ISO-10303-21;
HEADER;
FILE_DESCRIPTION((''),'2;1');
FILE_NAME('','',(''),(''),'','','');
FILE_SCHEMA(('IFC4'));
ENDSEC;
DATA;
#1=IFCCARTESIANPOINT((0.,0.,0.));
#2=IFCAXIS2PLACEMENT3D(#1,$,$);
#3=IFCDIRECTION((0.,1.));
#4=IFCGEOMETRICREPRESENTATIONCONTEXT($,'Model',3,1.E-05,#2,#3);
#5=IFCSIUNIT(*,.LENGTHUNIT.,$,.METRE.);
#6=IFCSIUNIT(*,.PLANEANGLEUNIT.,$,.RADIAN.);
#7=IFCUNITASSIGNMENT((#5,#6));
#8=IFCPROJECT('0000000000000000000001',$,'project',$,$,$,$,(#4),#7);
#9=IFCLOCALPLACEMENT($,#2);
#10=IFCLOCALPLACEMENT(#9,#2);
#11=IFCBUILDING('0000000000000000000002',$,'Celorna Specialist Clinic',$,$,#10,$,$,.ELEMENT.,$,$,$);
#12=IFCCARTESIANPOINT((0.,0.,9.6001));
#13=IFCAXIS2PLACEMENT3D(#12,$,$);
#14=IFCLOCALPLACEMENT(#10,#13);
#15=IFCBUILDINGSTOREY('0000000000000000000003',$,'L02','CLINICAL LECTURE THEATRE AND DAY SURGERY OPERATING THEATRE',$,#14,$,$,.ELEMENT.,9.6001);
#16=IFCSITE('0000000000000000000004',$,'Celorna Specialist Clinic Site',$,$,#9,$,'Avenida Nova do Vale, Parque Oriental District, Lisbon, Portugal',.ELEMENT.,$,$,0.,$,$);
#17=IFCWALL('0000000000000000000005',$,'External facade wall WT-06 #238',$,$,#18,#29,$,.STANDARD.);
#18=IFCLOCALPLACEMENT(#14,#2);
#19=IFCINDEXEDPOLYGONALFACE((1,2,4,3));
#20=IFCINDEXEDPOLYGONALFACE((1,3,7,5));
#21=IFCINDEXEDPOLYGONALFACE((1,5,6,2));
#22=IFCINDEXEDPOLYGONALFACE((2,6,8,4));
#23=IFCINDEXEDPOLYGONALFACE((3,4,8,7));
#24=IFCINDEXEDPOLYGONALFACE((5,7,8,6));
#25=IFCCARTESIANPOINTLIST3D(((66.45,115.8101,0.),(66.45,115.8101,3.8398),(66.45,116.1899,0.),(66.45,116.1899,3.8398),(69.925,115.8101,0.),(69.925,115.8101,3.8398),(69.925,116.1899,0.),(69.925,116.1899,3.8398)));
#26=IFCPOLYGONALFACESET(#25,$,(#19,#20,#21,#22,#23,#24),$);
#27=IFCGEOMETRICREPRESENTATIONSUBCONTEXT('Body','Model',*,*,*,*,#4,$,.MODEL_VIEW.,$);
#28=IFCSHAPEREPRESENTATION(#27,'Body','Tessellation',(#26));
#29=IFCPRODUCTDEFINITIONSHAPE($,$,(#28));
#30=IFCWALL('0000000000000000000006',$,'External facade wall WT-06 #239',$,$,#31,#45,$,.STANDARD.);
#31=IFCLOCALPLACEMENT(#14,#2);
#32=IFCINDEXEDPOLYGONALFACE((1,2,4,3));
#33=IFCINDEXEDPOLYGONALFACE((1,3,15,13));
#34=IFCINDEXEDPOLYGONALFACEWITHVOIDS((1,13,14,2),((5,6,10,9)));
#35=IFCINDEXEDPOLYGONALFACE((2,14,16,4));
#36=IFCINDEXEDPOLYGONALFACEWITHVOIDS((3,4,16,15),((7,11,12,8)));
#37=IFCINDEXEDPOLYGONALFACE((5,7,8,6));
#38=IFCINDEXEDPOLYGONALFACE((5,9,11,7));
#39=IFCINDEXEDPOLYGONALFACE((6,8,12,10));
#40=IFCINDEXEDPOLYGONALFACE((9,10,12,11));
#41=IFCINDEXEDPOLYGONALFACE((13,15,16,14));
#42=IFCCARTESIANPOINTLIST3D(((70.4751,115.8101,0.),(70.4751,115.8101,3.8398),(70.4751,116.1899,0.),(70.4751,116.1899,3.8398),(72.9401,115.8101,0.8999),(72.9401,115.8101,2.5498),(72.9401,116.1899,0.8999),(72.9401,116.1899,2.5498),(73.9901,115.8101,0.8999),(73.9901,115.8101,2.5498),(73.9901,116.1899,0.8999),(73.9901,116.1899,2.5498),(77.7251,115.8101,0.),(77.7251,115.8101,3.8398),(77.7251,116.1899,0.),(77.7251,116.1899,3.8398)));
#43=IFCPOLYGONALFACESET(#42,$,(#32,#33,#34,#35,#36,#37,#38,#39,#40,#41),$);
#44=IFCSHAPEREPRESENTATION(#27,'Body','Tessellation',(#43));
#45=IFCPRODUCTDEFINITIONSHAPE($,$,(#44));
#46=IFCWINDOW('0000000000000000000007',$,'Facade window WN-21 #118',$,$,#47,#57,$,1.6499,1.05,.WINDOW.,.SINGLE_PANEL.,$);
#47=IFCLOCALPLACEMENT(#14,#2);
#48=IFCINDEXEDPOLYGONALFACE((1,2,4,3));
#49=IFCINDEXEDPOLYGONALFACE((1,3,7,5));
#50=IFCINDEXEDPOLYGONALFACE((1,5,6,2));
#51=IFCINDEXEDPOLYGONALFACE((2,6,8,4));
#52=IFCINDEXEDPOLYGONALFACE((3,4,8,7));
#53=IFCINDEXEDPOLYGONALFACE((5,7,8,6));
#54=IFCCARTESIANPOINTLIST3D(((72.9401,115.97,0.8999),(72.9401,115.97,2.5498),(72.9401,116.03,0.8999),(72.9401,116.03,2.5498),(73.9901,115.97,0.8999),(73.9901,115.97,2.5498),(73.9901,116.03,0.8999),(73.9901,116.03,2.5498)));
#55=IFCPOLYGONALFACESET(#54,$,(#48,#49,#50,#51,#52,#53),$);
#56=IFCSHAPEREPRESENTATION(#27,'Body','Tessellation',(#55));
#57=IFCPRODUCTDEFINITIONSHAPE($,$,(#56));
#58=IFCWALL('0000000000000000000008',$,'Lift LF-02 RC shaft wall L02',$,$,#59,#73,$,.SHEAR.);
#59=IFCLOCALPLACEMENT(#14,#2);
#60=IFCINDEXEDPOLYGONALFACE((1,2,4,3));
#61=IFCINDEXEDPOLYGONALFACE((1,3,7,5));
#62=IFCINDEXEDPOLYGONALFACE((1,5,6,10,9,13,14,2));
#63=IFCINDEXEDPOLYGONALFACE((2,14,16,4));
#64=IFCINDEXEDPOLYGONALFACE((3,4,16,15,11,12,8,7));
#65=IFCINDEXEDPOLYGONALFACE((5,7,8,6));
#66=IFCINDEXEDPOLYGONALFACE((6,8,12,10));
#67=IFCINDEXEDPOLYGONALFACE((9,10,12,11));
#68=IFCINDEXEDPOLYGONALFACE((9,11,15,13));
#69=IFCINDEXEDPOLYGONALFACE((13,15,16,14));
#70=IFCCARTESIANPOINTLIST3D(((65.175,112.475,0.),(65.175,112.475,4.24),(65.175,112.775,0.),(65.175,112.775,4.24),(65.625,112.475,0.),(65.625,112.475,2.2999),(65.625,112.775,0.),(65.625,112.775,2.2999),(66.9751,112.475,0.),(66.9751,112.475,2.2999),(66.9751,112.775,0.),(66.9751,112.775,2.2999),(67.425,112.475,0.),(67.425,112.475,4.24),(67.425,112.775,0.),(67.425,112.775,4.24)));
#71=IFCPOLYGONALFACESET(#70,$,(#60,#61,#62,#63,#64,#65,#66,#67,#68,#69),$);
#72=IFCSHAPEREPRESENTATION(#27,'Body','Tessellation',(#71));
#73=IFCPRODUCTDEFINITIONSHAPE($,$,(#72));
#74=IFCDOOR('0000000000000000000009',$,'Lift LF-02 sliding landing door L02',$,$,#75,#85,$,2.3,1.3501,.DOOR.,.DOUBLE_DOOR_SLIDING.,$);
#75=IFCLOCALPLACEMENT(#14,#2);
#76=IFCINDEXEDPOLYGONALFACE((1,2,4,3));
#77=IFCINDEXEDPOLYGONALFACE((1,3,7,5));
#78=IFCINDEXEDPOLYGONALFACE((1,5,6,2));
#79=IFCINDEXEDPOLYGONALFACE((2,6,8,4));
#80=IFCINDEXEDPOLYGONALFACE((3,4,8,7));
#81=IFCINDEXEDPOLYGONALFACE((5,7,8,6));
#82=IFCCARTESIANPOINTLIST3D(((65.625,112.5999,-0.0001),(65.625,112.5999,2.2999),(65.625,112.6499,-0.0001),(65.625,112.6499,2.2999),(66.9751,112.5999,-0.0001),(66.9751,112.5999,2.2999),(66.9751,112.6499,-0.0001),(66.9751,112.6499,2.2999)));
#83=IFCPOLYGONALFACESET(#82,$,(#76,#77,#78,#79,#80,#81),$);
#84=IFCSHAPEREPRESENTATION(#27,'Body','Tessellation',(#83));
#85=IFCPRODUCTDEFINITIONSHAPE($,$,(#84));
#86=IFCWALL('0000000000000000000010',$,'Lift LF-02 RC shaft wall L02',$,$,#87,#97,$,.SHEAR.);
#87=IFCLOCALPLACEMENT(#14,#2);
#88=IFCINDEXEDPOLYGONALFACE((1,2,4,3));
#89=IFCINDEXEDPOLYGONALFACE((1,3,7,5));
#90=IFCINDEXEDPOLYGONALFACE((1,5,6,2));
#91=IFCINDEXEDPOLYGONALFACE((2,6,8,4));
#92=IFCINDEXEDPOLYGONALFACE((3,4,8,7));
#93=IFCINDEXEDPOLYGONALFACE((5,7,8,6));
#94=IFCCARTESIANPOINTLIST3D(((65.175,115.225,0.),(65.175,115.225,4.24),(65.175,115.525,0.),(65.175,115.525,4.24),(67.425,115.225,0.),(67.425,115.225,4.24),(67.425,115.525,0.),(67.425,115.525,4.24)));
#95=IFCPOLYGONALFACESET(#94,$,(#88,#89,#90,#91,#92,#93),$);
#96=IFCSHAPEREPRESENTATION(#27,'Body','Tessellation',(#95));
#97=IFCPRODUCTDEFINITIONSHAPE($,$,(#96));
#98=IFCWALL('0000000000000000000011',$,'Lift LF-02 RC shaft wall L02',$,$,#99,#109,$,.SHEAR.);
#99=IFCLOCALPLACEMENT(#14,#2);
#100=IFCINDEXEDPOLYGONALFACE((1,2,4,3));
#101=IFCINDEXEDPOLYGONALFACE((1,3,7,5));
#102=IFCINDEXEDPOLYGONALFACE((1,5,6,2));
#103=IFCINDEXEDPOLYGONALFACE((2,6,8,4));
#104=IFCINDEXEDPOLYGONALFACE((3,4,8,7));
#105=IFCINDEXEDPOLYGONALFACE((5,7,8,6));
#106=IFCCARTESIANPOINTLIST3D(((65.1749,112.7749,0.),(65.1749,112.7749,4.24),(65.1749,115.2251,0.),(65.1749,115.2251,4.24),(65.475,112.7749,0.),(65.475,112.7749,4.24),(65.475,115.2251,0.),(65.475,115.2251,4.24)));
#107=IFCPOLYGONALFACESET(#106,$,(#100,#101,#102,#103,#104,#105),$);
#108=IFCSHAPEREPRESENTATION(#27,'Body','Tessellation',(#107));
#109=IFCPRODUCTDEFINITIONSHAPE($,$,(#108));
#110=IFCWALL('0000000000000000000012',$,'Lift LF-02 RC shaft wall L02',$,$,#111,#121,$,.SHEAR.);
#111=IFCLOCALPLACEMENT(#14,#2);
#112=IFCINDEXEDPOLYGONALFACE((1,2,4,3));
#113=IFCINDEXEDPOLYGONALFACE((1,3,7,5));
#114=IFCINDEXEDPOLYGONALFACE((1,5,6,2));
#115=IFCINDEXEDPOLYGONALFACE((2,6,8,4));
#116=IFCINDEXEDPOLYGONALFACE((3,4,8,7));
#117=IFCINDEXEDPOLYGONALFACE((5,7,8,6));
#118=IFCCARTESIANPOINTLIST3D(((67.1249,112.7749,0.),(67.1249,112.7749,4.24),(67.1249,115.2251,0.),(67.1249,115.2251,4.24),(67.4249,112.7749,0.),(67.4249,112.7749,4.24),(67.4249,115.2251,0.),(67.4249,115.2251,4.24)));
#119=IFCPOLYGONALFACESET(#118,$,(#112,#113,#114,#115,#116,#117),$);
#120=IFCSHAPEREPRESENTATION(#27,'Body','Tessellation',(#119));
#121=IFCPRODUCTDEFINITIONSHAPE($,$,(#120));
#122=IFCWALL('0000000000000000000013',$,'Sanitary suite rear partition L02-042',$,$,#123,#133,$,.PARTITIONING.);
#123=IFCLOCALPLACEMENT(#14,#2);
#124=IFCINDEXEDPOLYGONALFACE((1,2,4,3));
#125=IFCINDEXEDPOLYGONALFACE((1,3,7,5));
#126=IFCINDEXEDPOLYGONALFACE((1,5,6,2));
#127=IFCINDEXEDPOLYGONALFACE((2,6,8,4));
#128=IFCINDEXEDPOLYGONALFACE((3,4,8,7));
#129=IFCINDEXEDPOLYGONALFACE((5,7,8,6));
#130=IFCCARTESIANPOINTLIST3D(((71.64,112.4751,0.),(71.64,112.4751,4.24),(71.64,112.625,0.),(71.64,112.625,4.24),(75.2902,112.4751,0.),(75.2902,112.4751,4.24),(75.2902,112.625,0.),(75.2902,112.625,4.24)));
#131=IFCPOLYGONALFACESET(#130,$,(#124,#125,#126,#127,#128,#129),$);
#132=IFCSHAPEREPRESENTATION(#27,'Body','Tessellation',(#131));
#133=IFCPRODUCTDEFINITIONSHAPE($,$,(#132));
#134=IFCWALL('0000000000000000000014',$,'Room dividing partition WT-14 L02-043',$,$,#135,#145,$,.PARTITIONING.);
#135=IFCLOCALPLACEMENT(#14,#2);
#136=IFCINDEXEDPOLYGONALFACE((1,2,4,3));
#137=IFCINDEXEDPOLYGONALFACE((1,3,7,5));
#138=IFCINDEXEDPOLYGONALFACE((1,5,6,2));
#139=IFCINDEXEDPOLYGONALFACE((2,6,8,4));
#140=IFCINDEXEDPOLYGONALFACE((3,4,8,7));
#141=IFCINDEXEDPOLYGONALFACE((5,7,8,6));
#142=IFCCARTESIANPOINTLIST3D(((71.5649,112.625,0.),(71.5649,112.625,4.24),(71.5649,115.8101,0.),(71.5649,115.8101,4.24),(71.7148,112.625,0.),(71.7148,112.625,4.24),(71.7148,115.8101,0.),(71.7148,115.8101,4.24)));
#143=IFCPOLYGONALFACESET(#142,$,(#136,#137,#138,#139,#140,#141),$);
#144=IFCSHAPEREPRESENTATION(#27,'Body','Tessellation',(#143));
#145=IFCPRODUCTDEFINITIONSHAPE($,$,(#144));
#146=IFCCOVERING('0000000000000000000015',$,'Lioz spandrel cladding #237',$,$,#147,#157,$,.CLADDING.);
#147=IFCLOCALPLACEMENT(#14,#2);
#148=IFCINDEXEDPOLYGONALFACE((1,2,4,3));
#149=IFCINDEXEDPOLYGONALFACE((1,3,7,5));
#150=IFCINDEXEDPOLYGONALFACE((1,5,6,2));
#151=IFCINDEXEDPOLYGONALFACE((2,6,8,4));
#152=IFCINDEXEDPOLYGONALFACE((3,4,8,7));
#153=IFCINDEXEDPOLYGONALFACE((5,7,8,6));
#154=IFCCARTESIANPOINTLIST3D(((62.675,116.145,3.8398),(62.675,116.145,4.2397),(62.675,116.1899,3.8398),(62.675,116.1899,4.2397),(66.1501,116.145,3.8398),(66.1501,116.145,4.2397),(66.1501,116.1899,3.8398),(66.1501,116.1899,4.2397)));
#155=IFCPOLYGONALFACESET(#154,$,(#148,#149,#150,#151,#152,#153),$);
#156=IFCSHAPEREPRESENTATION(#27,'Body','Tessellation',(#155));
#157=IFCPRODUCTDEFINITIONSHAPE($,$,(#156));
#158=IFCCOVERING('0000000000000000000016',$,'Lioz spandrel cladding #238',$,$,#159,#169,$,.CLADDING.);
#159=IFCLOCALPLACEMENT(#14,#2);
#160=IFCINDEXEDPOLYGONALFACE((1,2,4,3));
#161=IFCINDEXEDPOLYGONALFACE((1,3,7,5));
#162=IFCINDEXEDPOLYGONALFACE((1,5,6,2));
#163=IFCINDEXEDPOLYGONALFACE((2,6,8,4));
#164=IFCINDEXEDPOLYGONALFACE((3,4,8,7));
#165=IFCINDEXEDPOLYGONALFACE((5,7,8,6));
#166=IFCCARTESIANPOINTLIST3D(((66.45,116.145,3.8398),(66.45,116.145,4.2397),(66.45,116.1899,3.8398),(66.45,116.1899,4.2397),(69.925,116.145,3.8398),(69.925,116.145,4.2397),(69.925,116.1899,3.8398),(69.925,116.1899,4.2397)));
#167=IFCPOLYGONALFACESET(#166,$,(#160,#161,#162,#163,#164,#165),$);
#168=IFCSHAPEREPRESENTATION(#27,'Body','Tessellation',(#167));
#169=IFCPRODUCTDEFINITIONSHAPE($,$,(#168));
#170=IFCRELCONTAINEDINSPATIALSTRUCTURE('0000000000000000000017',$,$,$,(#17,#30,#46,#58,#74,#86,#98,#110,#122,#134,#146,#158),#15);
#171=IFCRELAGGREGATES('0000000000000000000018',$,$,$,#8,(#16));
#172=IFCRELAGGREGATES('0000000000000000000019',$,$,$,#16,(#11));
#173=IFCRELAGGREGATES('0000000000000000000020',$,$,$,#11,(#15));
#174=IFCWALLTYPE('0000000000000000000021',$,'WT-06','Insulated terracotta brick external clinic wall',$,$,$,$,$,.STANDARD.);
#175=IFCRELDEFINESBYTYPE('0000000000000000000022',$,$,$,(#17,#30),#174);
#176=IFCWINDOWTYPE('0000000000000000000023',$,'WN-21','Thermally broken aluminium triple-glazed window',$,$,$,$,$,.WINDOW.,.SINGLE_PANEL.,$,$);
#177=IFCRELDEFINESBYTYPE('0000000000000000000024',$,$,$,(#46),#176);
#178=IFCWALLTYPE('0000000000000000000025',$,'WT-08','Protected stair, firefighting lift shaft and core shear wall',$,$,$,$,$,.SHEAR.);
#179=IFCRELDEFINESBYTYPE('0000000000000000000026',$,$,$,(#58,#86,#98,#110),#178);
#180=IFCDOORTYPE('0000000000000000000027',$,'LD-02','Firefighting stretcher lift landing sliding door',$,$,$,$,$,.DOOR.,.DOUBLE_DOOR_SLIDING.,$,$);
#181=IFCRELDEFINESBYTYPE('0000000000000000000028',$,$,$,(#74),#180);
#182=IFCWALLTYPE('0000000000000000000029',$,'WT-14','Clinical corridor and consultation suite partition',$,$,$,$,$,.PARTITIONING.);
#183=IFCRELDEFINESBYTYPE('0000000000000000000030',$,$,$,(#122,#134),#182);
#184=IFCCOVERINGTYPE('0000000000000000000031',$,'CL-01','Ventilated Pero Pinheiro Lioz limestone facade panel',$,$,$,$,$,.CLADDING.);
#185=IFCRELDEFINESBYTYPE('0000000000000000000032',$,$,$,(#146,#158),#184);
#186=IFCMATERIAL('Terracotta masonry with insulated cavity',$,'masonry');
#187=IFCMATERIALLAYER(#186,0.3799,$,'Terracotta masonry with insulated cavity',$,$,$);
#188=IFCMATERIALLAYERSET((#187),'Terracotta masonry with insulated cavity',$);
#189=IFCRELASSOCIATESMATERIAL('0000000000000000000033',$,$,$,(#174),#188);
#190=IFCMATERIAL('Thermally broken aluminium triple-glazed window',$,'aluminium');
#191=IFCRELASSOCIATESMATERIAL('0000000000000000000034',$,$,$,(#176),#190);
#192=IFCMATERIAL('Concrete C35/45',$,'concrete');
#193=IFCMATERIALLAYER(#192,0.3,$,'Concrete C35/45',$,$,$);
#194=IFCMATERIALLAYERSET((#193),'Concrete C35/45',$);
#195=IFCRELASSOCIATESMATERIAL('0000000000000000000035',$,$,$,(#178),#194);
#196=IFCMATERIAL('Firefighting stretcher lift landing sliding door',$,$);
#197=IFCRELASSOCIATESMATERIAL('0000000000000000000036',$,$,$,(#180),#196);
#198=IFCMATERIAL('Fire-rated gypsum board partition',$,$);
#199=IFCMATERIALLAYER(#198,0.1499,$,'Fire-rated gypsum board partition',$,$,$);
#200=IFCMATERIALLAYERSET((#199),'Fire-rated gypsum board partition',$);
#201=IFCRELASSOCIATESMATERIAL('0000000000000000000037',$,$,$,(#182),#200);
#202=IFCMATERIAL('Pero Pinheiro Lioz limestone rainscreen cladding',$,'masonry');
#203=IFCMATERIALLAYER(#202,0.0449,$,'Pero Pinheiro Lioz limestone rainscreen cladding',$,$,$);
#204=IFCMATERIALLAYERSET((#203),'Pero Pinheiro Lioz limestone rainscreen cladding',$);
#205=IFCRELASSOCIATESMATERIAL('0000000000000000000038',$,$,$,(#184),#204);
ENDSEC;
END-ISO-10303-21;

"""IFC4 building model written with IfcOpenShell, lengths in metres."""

from ifc_helpers import new_model, si_unit, direction, frame, frame_2d, origin, origin_2d, place, context, subcontext, project, spatial, rectangle, extrude, material, layer, layer_set, type_object, element, fill, save


model = new_model("IFC4")

# Units and contexts
model_context = context("Model", 3, precision=1e-05, world=origin(), true_north=direction((0.0, 1.0)))
body_context = subcontext(model_context, "Body", "Model", "MODEL_VIEW")
ifc_project = project(units=[si_unit("LENGTHUNIT", "METRE"), si_unit("PLANEANGLEUNIT", "RADIAN")], contexts=[model_context])

# Site, building, storey
site_placement = place(None, origin())
site = spatial("IfcSite", under=ifc_project, at=site_placement, Name="Celorna Specialist Clinic Site", LongName="Avenida Nova do Vale, Parque Oriental District, Lisbon, Portugal", CompositionType="ELEMENT", RefElevation=0.0)
building_placement = place(site_placement, origin())
building = spatial("IfcBuilding", under=site, at=building_placement, Name="Celorna Specialist Clinic", CompositionType="ELEMENT")
storey_placement = place(building_placement, frame((0.0, 0.0, 9.6001)))
storey = spatial("IfcBuildingStorey", under=building, at=storey_placement, Name="L02", Description="CLINICAL LECTURE THEATRE AND DAY SURGERY OPERATING THEATRE", CompositionType="ELEMENT", Elevation=9.6001)

# Shared definitions
ifc_material_1 = material(Name="Concrete C35/45", Category="concrete")

# Wall
ifc_material_2 = material(Name="Terracotta masonry with insulated cavity", Category="masonry")
ifc_layer_1 = layer(ifc_material_2, 0.3799, Name="Terracotta masonry with insulated cavity")
ifc_layer_set_1 = layer_set([ifc_layer_1], Name="Terracotta masonry with insulated cavity")
wall_type_1 = type_object("IfcWallType", Name="WT-06", Description="Insulated terracotta brick external clinic wall", PredefinedType="STANDARD", material=ifc_layer_set_1)
wall_1_placement = place(storey_placement, frame((66.45, 116.0, 0.0), z_axis=(0.0, 0.0, 1.0), x_axis=(1.0, 0.0, 0.0)))
element("IfcWall", 1, at=wall_1_placement, inside=storey, type_object=wall_type_1, Name="External facade wall WT-06 #238", PredefinedType="STANDARD", context=body_context, shape_type="SweptSolid", body=[
    extrude(rectangle(XDim=3.4751, YDim=0.3799, at=frame_2d((1.7375, 0.0))), origin(), (0.0, 0.0, 1.0), 3.8398),
])

# Wall, opening, window
wall_2_placement = place(storey_placement, frame((70.4751, 116.0, 0.0), z_axis=(0.0, 0.0, 1.0), x_axis=(1.0, 0.0, 0.0)))
wall_2 = element("IfcWall", 2, at=wall_2_placement, inside=storey, type_object=wall_type_1, Name="External facade wall WT-06 #239", PredefinedType="STANDARD", context=body_context, shape_type="SweptSolid", body=[
    extrude(rectangle(XDim=7.25, YDim=0.3799, at=frame_2d((3.625, 0.0))), origin(), (0.0, 0.0, 1.0), 3.8398),
])
opening_1_placement = place(wall_2_placement, frame((2.4651, 0.0, 0.8999)))
opening_1 = element("IfcOpeningElement", 3, at=opening_1_placement, cuts=wall_2, PredefinedType="OPENING", context=body_context, shape_type="SweptSolid", body=[
    extrude(rectangle(XDim=1.05, YDim=1.6499, at=frame_2d((0.5249, 0.825))), frame((0.0, 0.2, 0.0), z_axis=(0.0, -1.0, 0.0), x_axis=(1.0, 0.0, 0.0)), (0.0, 0.0, 1.0), 0.3999),
])
ifc_material_3 = material(Name="Thermally broken aluminium triple-glazed window", Category="aluminium")
window_type = type_object("IfcWindowType", Name="WN-21", Description="Thermally broken aluminium triple-glazed window", PartitioningType="SINGLE_PANEL", PredefinedType="WINDOW", material=ifc_material_3)
window_placement = place(opening_1_placement, origin())
window = element("IfcWindow", 4, at=window_placement, inside=storey, type_object=window_type, Name="Facade window WN-21 #118", OverallHeight=1.6499, OverallWidth=1.05, PartitioningType="SINGLE_PANEL", PredefinedType="WINDOW", context=body_context, shape_type="SweptSolid", body=[
    extrude(rectangle(XDim=1.05, YDim=1.6499, at=frame_2d((0.5249, 0.825))), frame((0.0, 0.03, 0.0), z_axis=(0.0, -1.0, 0.0), x_axis=(1.0, 0.0, 0.0)), (0.0, 0.0, 1.0), 0.0601),
])
fill(opening_1, window)

# Wall, opening, door
ifc_layer_2 = layer(ifc_material_1, 0.3, Name="Concrete C35/45")
ifc_layer_set_2 = layer_set([ifc_layer_2], Name="Concrete C35/45")
wall_type_2 = type_object("IfcWallType", Name="WT-08", Description="Protected stair, firefighting lift shaft and core shear wall", PredefinedType="SHEAR", material=ifc_layer_set_2)
wall_3_placement = place(storey_placement, frame((65.175, 112.625, 0.0), z_axis=(0.0, 0.0, 1.0), x_axis=(1.0, 0.0, 0.0)))
wall_3 = element("IfcWall", 5, at=wall_3_placement, inside=storey, type_object=wall_type_2, Name="Lift LF-02 RC shaft wall L02", PredefinedType="SHEAR", context=body_context, shape_type="SweptSolid", body=[
    extrude(rectangle(XDim=2.25, YDim=0.3, at=frame_2d((1.125, 0.0))), origin(), (0.0, 0.0, 1.0), 4.24),
])
opening_2_placement = place(wall_3_placement, frame((0.45, 0.0, 0.0)))
opening_2 = element("IfcOpeningElement", 6, at=opening_2_placement, cuts=wall_3, PredefinedType="OPENING", context=body_context, shape_type="SweptSolid", body=[
    extrude(rectangle(XDim=1.3501, YDim=2.3, at=frame_2d((0.675, 1.1499))), frame((0.0, 0.1599, 0.0), z_axis=(0.0, -1.0, 0.0), x_axis=(1.0, 0.0, 0.0)), (0.0, 0.0, 1.0), 0.3201),
])
ifc_material_4 = material(Name="Firefighting stretcher lift landing sliding door")
door_type = type_object("IfcDoorType", Name="LD-02", Description="Firefighting stretcher lift landing sliding door", OperationType="DOUBLE_DOOR_SLIDING", PredefinedType="DOOR", material=ifc_material_4)
door_placement = place(opening_2_placement, origin())
door = element("IfcDoor", 7, at=door_placement, inside=storey, type_object=door_type, Name="Lift LF-02 sliding landing door L02", OperationType="DOUBLE_DOOR_SLIDING", OverallHeight=2.3, OverallWidth=1.3501, PredefinedType="DOOR", context=body_context, shape_type="SweptSolid", body=[
    extrude(rectangle(XDim=1.3501, YDim=2.3, at=frame_2d((0.675, 1.1499))), frame((0.0, 0.0249, 0.0), z_axis=(0.0, -1.0, 0.0), x_axis=(1.0, 0.0, 0.0)), (0.0, 0.0, 1.0), 0.05),
])
fill(opening_2, door)

# Walls
wall_4_placement = place(storey_placement, frame((67.425, 115.375, 0.0), z_axis=(0.0, 0.0, 1.0), x_axis=(-1.0, 0.0, 0.0)))
element("IfcWall", 8, at=wall_4_placement, inside=storey, type_object=wall_type_2, Name="Lift LF-02 RC shaft wall L02", PredefinedType="SHEAR", context=body_context, shape_type="SweptSolid", body=[
    extrude(rectangle(XDim=2.25, YDim=0.3, at=frame_2d((1.125, 0.0))), origin(), (0.0, 0.0, 1.0), 4.24),
])
for number, where, z_axis, x_axis, name in (
    (9, (65.325, 115.2251, 0.0), (0.0, 0.0, 1.0), (0.0, -1.0, 0.0), "Lift LF-02 RC shaft wall L02"),
    (10, (67.2749, 112.7749, 0.0), (0.0, 0.0, 1.0), (0.0, 1.0, 0.0), "Lift LF-02 RC shaft wall L02"),
):
    element("IfcWall", number, at=place(storey_placement, frame(where, z_axis=z_axis, x_axis=x_axis)), inside=storey, type_object=wall_type_2, Name=name, PredefinedType="SHEAR", context=body_context, shape_type="SweptSolid", body=[
        extrude(rectangle(XDim=2.4502, YDim=0.3, at=frame_2d((1.2251, 0.0))), origin(), (0.0, 0.0, 1.0), 4.24),
    ])
ifc_material_5 = material(Name="Fire-rated gypsum board partition")
ifc_layer_3 = layer(ifc_material_5, 0.1499, Name="Fire-rated gypsum board partition")
ifc_layer_set_3 = layer_set([ifc_layer_3], Name="Fire-rated gypsum board partition")
wall_type_3 = type_object("IfcWallType", Name="WT-14", Description="Clinical corridor and consultation suite partition", PredefinedType="PARTITIONING", material=ifc_layer_set_3)
wall_5_placement = place(storey_placement, frame((71.6399, 112.55, 0.0), z_axis=(0.0, 0.0, 1.0), x_axis=(1.0, 0.0, 0.0)))
element("IfcWall", 11, at=wall_5_placement, inside=storey, type_object=wall_type_3, Name="Sanitary suite rear partition L02-042", PredefinedType="PARTITIONING", context=body_context, shape_type="SweptSolid", body=[
    extrude(rectangle(XDim=3.6501, YDim=0.1499, at=frame_2d((1.8252, 0.0))), origin(), (0.0, 0.0, 1.0), 4.24),
])
wall_6_placement = place(storey_placement, frame((71.6399, 112.625, 0.0), z_axis=(0.0, 0.0, 1.0), x_axis=(0.0, 1.0, 0.0)))
element("IfcWall", 12, at=wall_6_placement, inside=storey, type_object=wall_type_3, Name="Room dividing partition WT-14 L02-043", PredefinedType="PARTITIONING", context=body_context, shape_type="SweptSolid", body=[
    extrude(rectangle(XDim=3.1851, YDim=0.1499, at=frame_2d((1.5925, 0.0))), origin(), (0.0, 0.0, 1.0), 4.24),
])

# Coverings
ifc_material_6 = material(Name="Pero Pinheiro Lioz limestone rainscreen cladding", Category="masonry")
ifc_layer_4 = layer(ifc_material_6, 0.0449, Name="Pero Pinheiro Lioz limestone rainscreen cladding")
ifc_layer_set_4 = layer_set([ifc_layer_4], Name="Pero Pinheiro Lioz limestone rainscreen cladding")
covering_type = type_object("IfcCoveringType", Name="CL-01", Description="Ventilated Pero Pinheiro Lioz limestone facade panel", PredefinedType="CLADDING", material=ifc_layer_set_4)
for number, where, z_axis, x_axis, name in (
    (13, (64.4126, 116.1675, 3.8398), (0.0, 0.0, 1.0), (1.0, 0.0, 0.0), "Lioz spandrel cladding #237"),
    (14, (68.1875, 116.1675, 3.8398), (0.0, 0.0, 1.0), (1.0, 0.0, 0.0), "Lioz spandrel cladding #238"),
):
    element("IfcCovering", number, at=place(storey_placement, frame(where, z_axis=z_axis, x_axis=x_axis)), inside=storey, type_object=covering_type, Name=name, PredefinedType="CLADDING", context=body_context, shape_type="SweptSolid", body=[
        extrude(rectangle(XDim=3.4751, YDim=0.0449, at=origin_2d()), origin(), (0.0, 0.0, 1.0), 0.3999),
    ])

save(model, "model.ifc")
